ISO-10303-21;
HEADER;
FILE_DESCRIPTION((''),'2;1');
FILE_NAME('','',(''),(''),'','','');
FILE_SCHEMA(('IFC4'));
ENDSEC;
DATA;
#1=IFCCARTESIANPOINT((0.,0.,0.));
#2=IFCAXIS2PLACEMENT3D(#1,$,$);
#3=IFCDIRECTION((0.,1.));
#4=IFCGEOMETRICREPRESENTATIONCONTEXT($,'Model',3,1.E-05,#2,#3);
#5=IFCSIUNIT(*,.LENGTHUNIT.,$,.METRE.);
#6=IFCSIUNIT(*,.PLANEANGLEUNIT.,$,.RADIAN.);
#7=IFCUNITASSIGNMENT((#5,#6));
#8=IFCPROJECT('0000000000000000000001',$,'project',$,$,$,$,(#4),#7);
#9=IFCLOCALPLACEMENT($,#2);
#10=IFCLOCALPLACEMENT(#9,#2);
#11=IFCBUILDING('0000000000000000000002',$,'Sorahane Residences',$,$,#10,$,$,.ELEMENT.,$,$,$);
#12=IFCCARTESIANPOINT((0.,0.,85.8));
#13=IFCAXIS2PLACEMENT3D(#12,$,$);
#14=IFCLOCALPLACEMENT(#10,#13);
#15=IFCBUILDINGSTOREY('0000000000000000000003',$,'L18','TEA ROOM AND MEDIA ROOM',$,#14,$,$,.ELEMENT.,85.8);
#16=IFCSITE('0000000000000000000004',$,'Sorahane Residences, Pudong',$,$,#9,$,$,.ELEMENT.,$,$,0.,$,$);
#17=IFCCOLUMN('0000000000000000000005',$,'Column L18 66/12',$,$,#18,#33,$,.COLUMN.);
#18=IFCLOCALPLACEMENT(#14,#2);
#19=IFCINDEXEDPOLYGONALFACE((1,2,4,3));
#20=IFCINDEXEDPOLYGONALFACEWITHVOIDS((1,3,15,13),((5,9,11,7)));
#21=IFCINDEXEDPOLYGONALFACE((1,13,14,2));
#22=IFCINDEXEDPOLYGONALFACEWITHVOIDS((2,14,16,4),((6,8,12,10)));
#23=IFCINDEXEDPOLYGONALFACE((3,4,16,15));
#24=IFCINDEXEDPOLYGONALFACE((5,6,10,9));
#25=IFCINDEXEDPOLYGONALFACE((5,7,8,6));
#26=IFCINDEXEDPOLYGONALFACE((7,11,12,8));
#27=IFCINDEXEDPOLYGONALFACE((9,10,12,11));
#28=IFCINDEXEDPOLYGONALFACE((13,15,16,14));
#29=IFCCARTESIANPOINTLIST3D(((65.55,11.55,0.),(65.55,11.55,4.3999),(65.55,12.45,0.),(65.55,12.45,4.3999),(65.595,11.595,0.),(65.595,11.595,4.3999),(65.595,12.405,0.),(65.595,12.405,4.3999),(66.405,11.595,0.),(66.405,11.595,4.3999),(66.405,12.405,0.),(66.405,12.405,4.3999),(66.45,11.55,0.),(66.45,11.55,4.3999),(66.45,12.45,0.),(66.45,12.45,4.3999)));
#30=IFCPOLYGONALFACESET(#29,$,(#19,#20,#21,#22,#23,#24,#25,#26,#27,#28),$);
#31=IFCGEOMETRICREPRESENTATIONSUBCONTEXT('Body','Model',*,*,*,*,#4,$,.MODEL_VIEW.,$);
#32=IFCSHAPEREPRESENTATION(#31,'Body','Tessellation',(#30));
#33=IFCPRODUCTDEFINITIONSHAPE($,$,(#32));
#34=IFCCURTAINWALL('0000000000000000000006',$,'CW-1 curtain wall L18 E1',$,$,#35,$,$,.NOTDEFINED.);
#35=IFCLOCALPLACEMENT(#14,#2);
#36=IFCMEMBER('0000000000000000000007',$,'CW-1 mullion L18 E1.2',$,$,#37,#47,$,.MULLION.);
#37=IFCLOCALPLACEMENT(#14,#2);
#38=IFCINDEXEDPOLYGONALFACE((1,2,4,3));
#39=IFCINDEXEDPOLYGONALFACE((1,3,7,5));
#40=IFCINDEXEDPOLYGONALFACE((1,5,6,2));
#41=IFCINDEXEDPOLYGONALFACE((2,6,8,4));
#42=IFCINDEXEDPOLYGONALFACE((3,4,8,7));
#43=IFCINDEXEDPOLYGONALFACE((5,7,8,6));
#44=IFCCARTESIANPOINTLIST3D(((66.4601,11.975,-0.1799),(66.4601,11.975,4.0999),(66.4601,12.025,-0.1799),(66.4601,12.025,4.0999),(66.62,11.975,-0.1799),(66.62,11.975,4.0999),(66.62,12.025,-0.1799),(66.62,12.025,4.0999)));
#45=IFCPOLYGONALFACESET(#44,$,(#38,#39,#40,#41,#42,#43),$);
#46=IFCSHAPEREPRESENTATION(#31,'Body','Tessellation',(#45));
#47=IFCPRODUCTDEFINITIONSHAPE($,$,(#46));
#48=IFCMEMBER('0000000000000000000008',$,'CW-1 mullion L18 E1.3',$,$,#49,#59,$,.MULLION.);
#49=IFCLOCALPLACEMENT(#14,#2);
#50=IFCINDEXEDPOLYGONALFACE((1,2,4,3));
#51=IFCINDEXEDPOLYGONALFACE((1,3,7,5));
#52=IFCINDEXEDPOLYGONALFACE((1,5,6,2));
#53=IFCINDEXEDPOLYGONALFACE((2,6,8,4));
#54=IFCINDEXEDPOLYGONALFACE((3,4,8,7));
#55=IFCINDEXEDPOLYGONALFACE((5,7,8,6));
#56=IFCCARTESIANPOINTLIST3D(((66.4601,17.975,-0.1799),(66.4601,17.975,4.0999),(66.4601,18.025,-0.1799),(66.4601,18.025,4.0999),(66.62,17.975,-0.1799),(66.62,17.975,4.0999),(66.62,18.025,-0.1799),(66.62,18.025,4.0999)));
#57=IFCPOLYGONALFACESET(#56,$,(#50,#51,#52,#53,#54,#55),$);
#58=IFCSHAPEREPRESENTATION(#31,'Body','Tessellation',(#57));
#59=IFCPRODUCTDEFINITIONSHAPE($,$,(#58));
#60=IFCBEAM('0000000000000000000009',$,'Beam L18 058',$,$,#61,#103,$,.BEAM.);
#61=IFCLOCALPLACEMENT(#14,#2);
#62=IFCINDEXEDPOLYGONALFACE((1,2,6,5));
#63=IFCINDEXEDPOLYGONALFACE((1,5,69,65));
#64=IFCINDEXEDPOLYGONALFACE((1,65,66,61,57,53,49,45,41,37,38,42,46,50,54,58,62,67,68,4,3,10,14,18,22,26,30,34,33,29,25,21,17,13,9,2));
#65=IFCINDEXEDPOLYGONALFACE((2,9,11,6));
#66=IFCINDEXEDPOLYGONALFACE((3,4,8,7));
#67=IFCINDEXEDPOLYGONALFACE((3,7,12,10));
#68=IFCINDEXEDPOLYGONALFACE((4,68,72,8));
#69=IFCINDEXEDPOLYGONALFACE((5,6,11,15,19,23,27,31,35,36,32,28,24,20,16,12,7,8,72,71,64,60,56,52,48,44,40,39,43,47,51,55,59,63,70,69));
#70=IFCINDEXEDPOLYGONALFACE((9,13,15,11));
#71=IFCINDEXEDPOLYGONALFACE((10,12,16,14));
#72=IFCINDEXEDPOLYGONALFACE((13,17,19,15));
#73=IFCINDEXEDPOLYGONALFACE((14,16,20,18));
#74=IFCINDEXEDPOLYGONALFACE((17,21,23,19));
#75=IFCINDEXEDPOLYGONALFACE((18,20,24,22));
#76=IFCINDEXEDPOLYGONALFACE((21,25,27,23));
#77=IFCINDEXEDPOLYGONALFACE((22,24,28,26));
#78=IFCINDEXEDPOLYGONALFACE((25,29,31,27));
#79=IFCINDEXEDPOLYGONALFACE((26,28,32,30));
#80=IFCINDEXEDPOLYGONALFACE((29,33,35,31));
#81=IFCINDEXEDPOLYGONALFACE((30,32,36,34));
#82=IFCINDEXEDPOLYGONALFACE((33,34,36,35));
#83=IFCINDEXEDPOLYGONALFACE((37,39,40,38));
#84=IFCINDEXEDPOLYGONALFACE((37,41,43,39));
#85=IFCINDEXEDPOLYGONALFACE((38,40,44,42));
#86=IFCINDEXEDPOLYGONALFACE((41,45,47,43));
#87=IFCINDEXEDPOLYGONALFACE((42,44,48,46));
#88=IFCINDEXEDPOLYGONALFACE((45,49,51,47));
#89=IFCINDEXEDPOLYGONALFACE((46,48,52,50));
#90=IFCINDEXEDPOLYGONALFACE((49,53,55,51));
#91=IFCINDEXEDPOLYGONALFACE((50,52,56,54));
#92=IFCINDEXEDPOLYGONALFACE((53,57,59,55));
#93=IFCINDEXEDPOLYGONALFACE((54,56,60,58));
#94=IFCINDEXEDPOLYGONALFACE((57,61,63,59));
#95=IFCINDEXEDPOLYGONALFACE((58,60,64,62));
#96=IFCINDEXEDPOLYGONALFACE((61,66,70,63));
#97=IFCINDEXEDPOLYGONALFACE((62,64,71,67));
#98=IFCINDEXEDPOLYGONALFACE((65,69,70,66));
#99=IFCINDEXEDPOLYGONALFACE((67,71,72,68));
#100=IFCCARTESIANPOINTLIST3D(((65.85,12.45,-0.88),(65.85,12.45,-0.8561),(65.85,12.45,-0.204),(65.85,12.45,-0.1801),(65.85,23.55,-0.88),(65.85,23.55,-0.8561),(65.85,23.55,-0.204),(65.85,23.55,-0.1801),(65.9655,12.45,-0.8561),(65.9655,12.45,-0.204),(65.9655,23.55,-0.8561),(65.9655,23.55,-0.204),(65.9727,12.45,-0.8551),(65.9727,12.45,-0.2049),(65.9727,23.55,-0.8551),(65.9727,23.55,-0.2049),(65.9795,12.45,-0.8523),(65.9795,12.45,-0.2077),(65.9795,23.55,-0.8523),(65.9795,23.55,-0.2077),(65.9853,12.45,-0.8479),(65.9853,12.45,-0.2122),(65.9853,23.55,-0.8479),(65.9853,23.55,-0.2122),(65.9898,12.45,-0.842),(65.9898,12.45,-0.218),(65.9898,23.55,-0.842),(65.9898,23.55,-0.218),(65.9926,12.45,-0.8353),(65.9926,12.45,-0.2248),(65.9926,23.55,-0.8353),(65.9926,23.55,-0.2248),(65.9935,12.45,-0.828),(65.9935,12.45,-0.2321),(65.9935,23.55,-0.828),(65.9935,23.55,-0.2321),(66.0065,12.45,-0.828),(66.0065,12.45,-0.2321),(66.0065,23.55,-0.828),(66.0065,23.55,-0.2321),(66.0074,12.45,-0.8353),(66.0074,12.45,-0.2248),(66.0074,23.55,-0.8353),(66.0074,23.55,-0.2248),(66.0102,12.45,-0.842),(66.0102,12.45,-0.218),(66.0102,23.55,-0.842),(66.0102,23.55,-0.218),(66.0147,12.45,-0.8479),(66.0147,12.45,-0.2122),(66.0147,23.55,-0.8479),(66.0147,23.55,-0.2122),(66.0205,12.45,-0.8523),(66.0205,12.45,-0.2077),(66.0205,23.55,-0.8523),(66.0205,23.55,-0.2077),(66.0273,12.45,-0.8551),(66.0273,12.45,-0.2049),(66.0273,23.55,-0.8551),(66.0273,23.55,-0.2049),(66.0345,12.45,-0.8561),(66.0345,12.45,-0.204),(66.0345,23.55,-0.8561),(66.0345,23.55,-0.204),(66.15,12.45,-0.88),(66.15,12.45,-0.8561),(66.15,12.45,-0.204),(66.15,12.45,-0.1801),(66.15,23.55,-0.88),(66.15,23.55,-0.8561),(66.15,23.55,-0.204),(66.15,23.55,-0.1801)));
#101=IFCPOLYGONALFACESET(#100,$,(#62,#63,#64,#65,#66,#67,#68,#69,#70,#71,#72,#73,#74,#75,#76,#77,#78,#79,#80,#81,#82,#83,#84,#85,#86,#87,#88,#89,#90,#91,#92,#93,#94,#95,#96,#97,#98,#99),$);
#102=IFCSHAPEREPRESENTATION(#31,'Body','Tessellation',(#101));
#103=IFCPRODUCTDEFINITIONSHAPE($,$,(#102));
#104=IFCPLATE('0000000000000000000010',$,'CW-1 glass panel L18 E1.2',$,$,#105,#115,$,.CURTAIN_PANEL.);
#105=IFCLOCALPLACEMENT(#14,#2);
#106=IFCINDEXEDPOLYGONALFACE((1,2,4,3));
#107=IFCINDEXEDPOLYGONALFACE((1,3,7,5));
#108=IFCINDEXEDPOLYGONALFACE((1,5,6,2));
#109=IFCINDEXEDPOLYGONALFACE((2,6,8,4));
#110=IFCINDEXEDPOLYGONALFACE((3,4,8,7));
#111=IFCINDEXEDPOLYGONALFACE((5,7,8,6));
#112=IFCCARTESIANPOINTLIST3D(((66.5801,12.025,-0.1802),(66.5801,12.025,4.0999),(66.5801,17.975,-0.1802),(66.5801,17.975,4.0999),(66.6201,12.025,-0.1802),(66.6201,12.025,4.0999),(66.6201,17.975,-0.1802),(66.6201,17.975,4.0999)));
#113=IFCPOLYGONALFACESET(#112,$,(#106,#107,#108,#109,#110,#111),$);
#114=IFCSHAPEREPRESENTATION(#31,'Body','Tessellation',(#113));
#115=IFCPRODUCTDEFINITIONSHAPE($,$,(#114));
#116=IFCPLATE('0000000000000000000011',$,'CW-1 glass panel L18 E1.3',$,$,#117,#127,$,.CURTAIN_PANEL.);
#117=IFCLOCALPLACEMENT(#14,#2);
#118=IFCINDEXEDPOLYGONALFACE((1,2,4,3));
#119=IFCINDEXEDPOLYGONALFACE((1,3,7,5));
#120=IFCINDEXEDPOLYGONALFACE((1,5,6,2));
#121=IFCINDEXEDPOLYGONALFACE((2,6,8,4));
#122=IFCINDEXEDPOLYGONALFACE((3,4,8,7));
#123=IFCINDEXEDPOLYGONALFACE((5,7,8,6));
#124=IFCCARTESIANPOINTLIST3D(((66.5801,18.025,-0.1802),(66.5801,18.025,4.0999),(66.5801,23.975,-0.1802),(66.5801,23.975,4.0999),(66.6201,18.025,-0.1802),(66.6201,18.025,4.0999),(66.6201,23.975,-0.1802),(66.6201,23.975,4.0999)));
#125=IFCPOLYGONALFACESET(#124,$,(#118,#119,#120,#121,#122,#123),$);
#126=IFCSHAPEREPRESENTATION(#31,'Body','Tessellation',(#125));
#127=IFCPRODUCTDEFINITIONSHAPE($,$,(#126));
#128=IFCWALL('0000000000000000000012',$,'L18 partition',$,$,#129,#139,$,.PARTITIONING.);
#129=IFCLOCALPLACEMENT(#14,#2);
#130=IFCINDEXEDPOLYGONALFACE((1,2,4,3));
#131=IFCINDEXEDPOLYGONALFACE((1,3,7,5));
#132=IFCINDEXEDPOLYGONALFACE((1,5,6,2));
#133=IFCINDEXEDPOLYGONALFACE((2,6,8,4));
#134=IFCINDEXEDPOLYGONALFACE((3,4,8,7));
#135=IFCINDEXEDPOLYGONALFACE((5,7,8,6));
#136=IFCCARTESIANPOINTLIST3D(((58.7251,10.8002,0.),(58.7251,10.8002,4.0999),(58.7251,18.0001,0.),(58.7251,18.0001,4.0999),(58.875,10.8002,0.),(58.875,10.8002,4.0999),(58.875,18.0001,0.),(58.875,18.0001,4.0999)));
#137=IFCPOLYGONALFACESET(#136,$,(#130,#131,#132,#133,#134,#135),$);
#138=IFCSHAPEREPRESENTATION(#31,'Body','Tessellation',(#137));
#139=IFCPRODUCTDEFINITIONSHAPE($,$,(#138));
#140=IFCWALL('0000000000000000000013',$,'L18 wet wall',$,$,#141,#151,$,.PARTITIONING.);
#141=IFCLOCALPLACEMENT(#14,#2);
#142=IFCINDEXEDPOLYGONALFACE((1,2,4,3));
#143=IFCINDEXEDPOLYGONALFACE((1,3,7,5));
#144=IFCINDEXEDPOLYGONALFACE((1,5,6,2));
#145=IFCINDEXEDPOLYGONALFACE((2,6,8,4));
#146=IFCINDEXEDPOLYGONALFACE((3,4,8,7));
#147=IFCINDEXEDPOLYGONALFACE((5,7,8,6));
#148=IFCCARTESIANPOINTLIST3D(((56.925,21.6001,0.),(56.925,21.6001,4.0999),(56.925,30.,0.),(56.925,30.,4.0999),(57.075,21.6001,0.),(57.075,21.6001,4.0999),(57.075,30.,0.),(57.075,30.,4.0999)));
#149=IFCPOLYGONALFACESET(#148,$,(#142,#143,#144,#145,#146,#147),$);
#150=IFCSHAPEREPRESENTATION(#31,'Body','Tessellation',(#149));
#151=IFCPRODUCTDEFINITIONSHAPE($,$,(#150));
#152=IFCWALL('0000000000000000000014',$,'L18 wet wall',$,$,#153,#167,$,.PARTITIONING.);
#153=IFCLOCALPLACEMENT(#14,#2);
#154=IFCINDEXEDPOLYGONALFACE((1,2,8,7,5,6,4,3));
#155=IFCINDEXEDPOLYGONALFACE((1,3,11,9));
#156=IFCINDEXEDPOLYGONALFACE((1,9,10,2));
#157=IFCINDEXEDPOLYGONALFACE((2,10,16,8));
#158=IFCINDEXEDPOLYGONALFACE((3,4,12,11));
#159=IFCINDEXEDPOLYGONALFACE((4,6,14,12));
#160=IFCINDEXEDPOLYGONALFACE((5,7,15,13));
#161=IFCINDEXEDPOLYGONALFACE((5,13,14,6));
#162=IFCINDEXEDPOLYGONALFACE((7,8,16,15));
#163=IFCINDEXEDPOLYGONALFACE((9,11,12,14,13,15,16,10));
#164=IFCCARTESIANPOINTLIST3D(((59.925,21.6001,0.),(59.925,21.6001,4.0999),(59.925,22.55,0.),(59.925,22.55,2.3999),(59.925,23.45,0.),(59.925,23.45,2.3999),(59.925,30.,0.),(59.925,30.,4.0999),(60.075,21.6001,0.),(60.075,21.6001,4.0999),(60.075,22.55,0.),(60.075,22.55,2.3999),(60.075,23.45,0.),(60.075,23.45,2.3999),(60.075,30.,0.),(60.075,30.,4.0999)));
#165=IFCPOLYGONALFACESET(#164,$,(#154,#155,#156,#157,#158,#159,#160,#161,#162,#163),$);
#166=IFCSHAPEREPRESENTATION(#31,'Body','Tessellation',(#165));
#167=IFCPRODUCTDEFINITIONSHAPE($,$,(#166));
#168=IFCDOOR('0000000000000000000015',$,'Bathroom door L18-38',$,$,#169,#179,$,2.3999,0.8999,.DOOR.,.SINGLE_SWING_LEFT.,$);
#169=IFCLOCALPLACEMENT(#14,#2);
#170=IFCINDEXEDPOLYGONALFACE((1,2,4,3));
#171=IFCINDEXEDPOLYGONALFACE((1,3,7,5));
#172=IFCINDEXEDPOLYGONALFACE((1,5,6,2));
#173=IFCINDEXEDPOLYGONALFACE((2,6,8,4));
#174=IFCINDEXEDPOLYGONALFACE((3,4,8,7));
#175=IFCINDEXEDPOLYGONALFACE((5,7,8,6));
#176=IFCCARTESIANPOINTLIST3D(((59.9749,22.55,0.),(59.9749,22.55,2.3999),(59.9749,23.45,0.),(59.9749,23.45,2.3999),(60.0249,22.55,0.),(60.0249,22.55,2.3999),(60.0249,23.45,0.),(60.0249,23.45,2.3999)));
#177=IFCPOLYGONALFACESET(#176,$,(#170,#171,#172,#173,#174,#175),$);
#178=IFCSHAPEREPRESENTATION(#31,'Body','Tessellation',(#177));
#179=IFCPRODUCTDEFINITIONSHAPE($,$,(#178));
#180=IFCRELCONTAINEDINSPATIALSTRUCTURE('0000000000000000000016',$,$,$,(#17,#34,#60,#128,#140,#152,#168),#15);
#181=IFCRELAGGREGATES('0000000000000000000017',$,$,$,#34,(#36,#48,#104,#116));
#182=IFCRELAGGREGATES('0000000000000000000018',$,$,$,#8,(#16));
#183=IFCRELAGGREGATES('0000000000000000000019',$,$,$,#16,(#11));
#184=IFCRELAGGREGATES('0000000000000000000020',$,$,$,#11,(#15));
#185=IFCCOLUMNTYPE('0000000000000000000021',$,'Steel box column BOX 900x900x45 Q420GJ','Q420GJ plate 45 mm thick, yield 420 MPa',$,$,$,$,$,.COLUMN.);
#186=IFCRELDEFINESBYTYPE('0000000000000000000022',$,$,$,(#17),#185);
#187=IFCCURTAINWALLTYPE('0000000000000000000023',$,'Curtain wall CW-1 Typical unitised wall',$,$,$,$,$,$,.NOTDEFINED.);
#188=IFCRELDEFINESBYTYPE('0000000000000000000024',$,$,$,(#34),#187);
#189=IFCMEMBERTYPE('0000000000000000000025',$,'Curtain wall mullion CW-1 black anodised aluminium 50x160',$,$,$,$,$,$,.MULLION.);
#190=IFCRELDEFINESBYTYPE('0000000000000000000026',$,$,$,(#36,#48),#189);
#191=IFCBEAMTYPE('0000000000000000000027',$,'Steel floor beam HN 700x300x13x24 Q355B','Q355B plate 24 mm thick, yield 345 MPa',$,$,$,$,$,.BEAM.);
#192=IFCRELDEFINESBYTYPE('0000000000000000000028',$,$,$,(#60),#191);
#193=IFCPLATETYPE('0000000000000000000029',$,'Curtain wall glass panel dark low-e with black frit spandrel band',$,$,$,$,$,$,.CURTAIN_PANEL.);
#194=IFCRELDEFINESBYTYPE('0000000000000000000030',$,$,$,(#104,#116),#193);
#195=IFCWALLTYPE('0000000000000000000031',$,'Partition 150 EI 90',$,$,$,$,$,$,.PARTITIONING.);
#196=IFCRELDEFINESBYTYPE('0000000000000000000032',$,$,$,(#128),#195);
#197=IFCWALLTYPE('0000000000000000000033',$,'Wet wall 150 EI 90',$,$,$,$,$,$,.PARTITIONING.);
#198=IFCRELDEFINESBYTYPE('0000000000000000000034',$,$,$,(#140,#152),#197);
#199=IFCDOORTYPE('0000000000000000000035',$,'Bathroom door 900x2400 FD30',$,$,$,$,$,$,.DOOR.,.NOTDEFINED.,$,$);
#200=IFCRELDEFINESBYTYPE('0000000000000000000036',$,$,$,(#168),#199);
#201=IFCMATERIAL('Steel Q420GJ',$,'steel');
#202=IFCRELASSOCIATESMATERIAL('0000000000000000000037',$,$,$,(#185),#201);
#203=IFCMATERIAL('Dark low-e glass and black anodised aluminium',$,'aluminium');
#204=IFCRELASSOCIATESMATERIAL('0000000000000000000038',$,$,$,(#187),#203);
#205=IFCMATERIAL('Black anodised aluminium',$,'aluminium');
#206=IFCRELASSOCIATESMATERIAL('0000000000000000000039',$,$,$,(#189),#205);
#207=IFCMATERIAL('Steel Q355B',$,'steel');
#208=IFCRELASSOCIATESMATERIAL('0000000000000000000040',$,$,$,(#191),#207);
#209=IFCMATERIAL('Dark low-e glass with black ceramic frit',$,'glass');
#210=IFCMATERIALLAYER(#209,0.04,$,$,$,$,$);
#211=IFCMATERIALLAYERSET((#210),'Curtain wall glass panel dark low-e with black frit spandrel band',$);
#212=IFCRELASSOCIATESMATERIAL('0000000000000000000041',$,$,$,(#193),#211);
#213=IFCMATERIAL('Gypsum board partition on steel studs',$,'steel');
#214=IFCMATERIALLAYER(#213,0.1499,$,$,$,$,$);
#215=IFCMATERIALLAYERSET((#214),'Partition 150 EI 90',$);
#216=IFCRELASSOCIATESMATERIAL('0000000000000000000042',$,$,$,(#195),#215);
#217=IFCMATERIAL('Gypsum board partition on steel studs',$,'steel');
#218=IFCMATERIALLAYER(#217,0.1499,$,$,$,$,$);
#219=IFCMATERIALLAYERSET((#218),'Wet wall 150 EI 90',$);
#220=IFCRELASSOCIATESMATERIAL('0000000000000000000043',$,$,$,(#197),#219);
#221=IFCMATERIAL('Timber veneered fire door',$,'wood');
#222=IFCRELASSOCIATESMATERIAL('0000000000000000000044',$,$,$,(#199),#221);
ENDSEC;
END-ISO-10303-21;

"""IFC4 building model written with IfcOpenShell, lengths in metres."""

from ifc_helpers import new_model, si_unit, direction, frame, frame_2d, origin, origin_2d, place, context, subcontext, project, spatial, rectangle, hollow_rectangle, i_section, extrude, material, layer, layer_set, material_profile, profile_set, type_object, element, fill, aggregate, save


model = new_model("IFC4")

# Units and contexts
model_context = context("Model", 3, precision=1e-05, world=origin(), true_north=direction((0.0, 1.0)))
body_context = subcontext(model_context, "Body", "Model", "MODEL_VIEW")
ifc_project = project(units=[si_unit("LENGTHUNIT", "METRE"), si_unit("PLANEANGLEUNIT", "RADIAN")], contexts=[model_context])

# Site, building, storey
site_placement = place(None, origin())
site = spatial("IfcSite", under=ifc_project, at=site_placement, Name="Sorahane Residences, Pudong", CompositionType="ELEMENT", RefElevation=0.0)
building_placement = place(site_placement, origin())
building = spatial("IfcBuilding", under=site, at=building_placement, Name="Sorahane Residences", CompositionType="ELEMENT")
storey_placement = place(building_placement, frame((0.0, 0.0, 85.8)))
storey = spatial("IfcBuildingStorey", under=building, at=storey_placement, Name="L18", Description="TEA ROOM AND MEDIA ROOM", CompositionType="ELEMENT", Elevation=85.8)

# Column
ifc_material_1 = material(Name="Steel Q420GJ", Category="steel")
ifc_material_profile_1 = material_profile(ifc_material_1, hollow_rectangle(XDim=0.8999, YDim=0.8999, WallThickness=0.0449, at=origin_2d()), Name="BOX 900x900x45")
ifc_profile_set_1 = profile_set([ifc_material_profile_1], Name="Steel Q420GJ")
column_type = type_object("IfcColumnType", Name="Steel box column BOX 900x900x45 Q420GJ", Description="Q420GJ plate 45 mm thick, yield 420 MPa", PredefinedType="COLUMN", material=ifc_profile_set_1)
column_placement = place(storey_placement, frame((66.0, 12.0, 0.0), z_axis=(0.0, 0.0, 1.0), x_axis=(1.0, 0.0, 0.0)))
element("IfcColumn", 1, at=column_placement, inside=storey, type_object=column_type, Name="Column L18 66/12", PredefinedType="COLUMN", context=body_context, shape_type="SweptSolid", body=[
    extrude(hollow_rectangle(XDim=0.8999, YDim=0.8999, WallThickness=0.0449, at=origin_2d()), origin(), (0.0, 0.0, 1.0), 4.3999),
])

# Curtain wall, members
ifc_material_2 = material(Name="Dark low-e glass and black anodised aluminium", Category="aluminium")
curtain_wall_type = type_object("IfcCurtainWallType", Name="Curtain wall CW-1 Typical unitised wall", PredefinedType="NOTDEFINED", material=ifc_material_2)
curtain_wall_placement = place(storey_placement, origin())
curtain_wall = element("IfcCurtainWall", 2, at=curtain_wall_placement, inside=storey, type_object=curtain_wall_type, Name="CW-1 curtain wall L18 E1", PredefinedType="NOTDEFINED")
ifc_material_3 = material(Name="Black anodised aluminium", Category="aluminium")
ifc_material_profile_2 = material_profile(ifc_material_3, rectangle(XDim=0.1599, YDim=0.05, at=origin_2d()), Name="Curtain wall mullion CW-1 black anodised aluminium 50x160")
ifc_profile_set_2 = profile_set([ifc_material_profile_2], Name="Black anodised aluminium")
member_type = type_object("IfcMemberType", Name="Curtain wall mullion CW-1 black anodised aluminium 50x160", PredefinedType="MULLION", material=ifc_profile_set_2)
member_1_placement = place(storey_placement, frame((66.54, 12.0, -0.1799), z_axis=(0.0, 0.0, 1.0), x_axis=(1.0, 0.0, 0.0)))
member_1 = element("IfcMember", 3, at=member_1_placement, type_object=member_type, Name="CW-1 mullion L18 E1.2", PredefinedType="MULLION", context=body_context, shape_type="SweptSolid", body=[
    extrude(rectangle(XDim=0.1599, YDim=0.05, at=origin_2d()), origin(), (0.0, 0.0, 1.0), 4.2798),
])
member_2_placement = place(storey_placement, frame((66.54, 18.0, -0.1799), z_axis=(0.0, 0.0, 1.0), x_axis=(1.0, 0.0, 0.0)))
member_2 = element("IfcMember", 4, at=member_2_placement, type_object=member_type, Name="CW-1 mullion L18 E1.3", PredefinedType="MULLION", context=body_context, shape_type="SweptSolid", body=[
    extrude(rectangle(XDim=0.1599, YDim=0.05, at=origin_2d()), origin(), (0.0, 0.0, 1.0), 4.2798),
])

# Beam
ifc_material_4 = material(Name="Steel Q355B", Category="steel")
ifc_material_profile_3 = material_profile(ifc_material_4, i_section(OverallWidth=0.3, OverallDepth=0.7, WebThickness=0.0129, FlangeThickness=0.0239, FilletRadius=0.0281, at=origin_2d()), Name="HN 700x300x13x24")
ifc_profile_set_3 = profile_set([ifc_material_profile_3], Name="Steel Q355B")
beam_type = type_object("IfcBeamType", Name="Steel floor beam HN 700x300x13x24 Q355B", Description="Q355B plate 24 mm thick, yield 345 MPa", PredefinedType="BEAM", material=ifc_profile_set_3)
beam_placement = place(storey_placement, frame((66.0, 12.45, -0.53), z_axis=(0.0, 1.0, 0.0), x_axis=(-1.0, 0.0, 0.0)))
element("IfcBeam", 5, at=beam_placement, inside=storey, type_object=beam_type, Name="Beam L18 058", PredefinedType="BEAM", context=body_context, shape_type="SweptSolid", body=[
    extrude(i_section(OverallWidth=0.3, OverallDepth=0.7, WebThickness=0.0129, FlangeThickness=0.0239, FilletRadius=0.0281, at=origin_2d()), origin(), (0.0, 0.0, 1.0), 11.1001),
])

# Plates
ifc_material_5 = material(Name="Dark low-e glass with black ceramic frit", Category="glass")
ifc_layer_1 = layer(ifc_material_5, 0.04)
ifc_layer_set_1 = layer_set([ifc_layer_1], Name="Curtain wall glass panel dark low-e with black frit spandrel band")
plate_type = type_object("IfcPlateType", Name="Curtain wall glass panel dark low-e with black frit spandrel band", PredefinedType="CURTAIN_PANEL", material=ifc_layer_set_1)
plate_1_placement = place(storey_placement, frame((66.6001, 15.0, -0.1802), z_axis=(0.0, 0.0, 1.0), x_axis=(0.0, 1.0, 0.0)))
plate_1 = element("IfcPlate", 6, at=plate_1_placement, type_object=plate_type, Name="CW-1 glass panel L18 E1.2", PredefinedType="CURTAIN_PANEL", context=body_context, shape_type="SweptSolid", body=[
    extrude(rectangle(XDim=5.95, YDim=0.04, at=origin_2d()), origin(), (0.0, 0.0, 1.0), 4.28),
])
plate_2_placement = place(storey_placement, frame((66.6001, 21.0, -0.1802), z_axis=(0.0, 0.0, 1.0), x_axis=(0.0, 1.0, 0.0)))
plate_2 = element("IfcPlate", 7, at=plate_2_placement, type_object=plate_type, Name="CW-1 glass panel L18 E1.3", PredefinedType="CURTAIN_PANEL", context=body_context, shape_type="SweptSolid", body=[
    extrude(rectangle(XDim=5.95, YDim=0.04, at=origin_2d()), origin(), (0.0, 0.0, 1.0), 4.28),
])
aggregate(curtain_wall, [member_1, member_2, plate_1, plate_2])

# Wall
ifc_material_6 = material(Name="Gypsum board partition on steel studs", Category="steel")
ifc_layer_2 = layer(ifc_material_6, 0.1499)
ifc_layer_set_2 = layer_set([ifc_layer_2], Name="Partition 150 EI 90")
wall_type_1 = type_object("IfcWallType", Name="Partition 150 EI 90", PredefinedType="PARTITIONING", material=ifc_layer_set_2)
wall_1_placement = place(storey_placement, frame((58.8, 10.8, 0.0), z_axis=(0.0, 0.0, 1.0), x_axis=(0.0, 1.0, 0.0)))
element("IfcWall", 8, at=wall_1_placement, inside=storey, type_object=wall_type_1, Name="L18 partition", PredefinedType="PARTITIONING", context=body_context, shape_type="SweptSolid", body=[
    extrude(rectangle(XDim=7.2, YDim=0.1499, at=frame_2d((3.6001, 0.0))), origin(), (0.0, 0.0, 1.0), 4.0999),
])

# Wall
ifc_material_7 = material(Name="Gypsum board partition on steel studs", Category="steel")
ifc_layer_3 = layer(ifc_material_7, 0.1499)
ifc_layer_set_3 = layer_set([ifc_layer_3], Name="Wet wall 150 EI 90")
wall_type_2 = type_object("IfcWallType", Name="Wet wall 150 EI 90", PredefinedType="PARTITIONING", material=ifc_layer_set_3)
wall_2_placement = place(storey_placement, frame((57.0, 21.6001, 0.0), z_axis=(0.0, 0.0, 1.0), x_axis=(0.0, 1.0, 0.0)))
element("IfcWall", 9, at=wall_2_placement, inside=storey, type_object=wall_type_2, Name="L18 wet wall", PredefinedType="PARTITIONING", context=body_context, shape_type="SweptSolid", body=[
    extrude(rectangle(XDim=8.3999, YDim=0.1499, at=frame_2d((4.2, 0.0))), origin(), (0.0, 0.0, 1.0), 4.0999),
])

# Wall, opening, door
wall_3_placement = place(storey_placement, frame((60.0, 21.6001, 0.0), z_axis=(0.0, 0.0, 1.0), x_axis=(0.0, 1.0, 0.0)))
wall_3 = element("IfcWall", 10, at=wall_3_placement, inside=storey, type_object=wall_type_2, Name="L18 wet wall", PredefinedType="PARTITIONING", context=body_context, shape_type="SweptSolid", body=[
    extrude(rectangle(XDim=8.3999, YDim=0.1499, at=frame_2d((4.2, 0.0))), origin(), (0.0, 0.0, 1.0), 4.0999),
])
opening_1_placement = place(wall_3_placement, frame((0.95, 0.0, 0.0)))
opening_1 = element("IfcOpeningElement", 11, at=opening_1_placement, cuts=wall_3, PredefinedType="OPENING", context=body_context, shape_type="SweptSolid", body=[
    extrude(rectangle(XDim=0.8999, YDim=2.3999, at=frame_2d((0.45, 1.2))), frame((0.0, 0.085, 0.0), z_axis=(0.0, -1.0, 0.0), x_axis=(1.0, 0.0, 0.0)), (0.0, 0.0, 1.0), 0.1699),
])
ifc_material_8 = material(Name="Timber veneered fire door", Category="wood")
door_type_1 = type_object("IfcDoorType", Name="Bathroom door 900x2400 FD30", OperationType="NOTDEFINED", PredefinedType="DOOR", material=ifc_material_8)
door_1_placement = place(opening_1_placement, frame((0.8999, 0.0, 0.0), z_axis=(0.0, 0.0, 1.0), x_axis=(-1.0, 0.0, 0.0)))
door_1 = element("IfcDoor", 12, at=door_1_placement, inside=storey, type_object=door_type_1, Name="Bathroom door L18-38", OperationType="SINGLE_SWING_LEFT", OverallHeight=2.3999, OverallWidth=0.8999, PredefinedType="DOOR", context=body_context, shape_type="SweptSolid", body=[
    extrude(rectangle(XDim=0.8999, YDim=2.3999, at=frame_2d((0.45, 1.2))), frame((0.0, 0.0249, 0.0), z_axis=(0.0, -1.0, 0.0), x_axis=(1.0, 0.0, 0.0)), (0.0, 0.0, 1.0), 0.05),
])
fill(opening_1, door_1)

save(model, "model.ifc")
